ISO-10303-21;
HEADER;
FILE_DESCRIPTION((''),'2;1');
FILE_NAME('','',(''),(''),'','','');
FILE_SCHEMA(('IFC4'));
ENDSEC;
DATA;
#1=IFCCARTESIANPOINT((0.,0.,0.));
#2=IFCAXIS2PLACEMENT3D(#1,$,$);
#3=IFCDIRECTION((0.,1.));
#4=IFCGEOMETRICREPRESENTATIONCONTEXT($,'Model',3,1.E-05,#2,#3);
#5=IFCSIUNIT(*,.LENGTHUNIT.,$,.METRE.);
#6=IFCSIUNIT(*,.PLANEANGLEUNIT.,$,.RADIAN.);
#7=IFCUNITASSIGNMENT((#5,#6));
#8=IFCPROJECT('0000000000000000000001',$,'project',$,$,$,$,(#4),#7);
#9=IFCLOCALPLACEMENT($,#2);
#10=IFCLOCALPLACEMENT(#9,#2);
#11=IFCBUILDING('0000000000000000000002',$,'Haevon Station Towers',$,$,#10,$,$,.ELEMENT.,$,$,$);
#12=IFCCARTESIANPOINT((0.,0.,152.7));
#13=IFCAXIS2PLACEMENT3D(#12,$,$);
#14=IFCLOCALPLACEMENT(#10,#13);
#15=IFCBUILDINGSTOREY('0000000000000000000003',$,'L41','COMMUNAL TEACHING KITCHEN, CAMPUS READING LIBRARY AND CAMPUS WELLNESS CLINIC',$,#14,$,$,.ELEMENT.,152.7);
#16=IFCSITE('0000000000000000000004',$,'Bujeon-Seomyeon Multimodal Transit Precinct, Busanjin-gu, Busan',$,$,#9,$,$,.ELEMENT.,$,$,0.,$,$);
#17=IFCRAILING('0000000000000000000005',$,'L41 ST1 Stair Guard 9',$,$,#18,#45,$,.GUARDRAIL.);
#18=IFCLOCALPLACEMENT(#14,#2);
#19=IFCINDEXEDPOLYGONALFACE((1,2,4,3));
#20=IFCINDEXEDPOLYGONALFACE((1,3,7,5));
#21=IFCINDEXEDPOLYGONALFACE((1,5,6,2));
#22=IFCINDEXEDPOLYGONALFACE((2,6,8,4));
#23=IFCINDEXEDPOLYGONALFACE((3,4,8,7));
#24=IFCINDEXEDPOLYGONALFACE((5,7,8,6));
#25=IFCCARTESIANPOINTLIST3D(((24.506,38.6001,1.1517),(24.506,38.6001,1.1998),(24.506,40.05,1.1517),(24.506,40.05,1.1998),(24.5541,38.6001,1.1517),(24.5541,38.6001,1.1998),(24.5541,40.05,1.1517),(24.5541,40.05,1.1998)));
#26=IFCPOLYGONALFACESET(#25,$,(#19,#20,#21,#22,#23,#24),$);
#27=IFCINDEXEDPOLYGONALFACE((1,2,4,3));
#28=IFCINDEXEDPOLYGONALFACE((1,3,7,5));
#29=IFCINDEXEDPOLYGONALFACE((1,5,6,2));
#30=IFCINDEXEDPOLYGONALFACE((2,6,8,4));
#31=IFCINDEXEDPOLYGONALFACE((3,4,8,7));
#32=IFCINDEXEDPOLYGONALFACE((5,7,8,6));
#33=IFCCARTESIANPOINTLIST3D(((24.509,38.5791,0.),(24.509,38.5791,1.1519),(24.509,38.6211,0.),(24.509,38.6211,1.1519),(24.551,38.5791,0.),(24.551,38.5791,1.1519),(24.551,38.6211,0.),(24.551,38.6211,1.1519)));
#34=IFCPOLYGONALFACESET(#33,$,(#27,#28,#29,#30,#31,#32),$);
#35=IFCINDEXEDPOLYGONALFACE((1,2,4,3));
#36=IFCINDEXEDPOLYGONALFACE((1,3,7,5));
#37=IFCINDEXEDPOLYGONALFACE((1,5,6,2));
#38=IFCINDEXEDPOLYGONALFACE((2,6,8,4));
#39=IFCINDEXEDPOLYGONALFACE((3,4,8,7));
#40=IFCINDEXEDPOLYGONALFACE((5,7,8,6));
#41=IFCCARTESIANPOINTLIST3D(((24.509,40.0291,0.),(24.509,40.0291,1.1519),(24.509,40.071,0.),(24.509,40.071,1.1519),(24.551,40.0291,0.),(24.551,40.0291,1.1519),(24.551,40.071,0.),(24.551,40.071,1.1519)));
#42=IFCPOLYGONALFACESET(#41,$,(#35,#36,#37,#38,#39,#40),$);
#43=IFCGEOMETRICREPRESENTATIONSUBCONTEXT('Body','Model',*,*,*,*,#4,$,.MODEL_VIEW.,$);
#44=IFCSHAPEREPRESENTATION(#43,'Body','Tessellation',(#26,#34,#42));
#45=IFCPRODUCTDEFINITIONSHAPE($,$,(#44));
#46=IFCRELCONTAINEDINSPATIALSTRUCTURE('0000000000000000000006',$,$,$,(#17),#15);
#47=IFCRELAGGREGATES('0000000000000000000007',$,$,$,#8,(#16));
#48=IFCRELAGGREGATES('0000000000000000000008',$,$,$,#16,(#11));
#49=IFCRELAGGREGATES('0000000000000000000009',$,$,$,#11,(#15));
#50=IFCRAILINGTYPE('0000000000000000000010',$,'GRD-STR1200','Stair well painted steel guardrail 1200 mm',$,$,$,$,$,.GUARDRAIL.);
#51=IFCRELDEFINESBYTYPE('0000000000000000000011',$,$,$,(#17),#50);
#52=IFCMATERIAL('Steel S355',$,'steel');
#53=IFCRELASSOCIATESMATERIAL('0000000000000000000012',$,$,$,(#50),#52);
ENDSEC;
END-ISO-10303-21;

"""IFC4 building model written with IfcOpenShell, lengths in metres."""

from ifc_helpers import new_model, si_unit, direction, frame, origin, origin_2d, place, context, subcontext, project, spatial, rectangle, extrude, material, type_object, element, save


model = new_model("IFC4")

# Units and contexts
model_context = context("Model", 3, precision=1e-05, world=origin(), true_north=direction((0.0, 1.0)))
body_context = subcontext(model_context, "Body", "Model", "MODEL_VIEW")
ifc_project = project(units=[si_unit("LENGTHUNIT", "METRE"), si_unit("PLANEANGLEUNIT", "RADIAN")], contexts=[model_context])

# Site, building, storey
site_placement = place(None, origin())
site = spatial("IfcSite", under=ifc_project, at=site_placement, Name="Bujeon-Seomyeon Multimodal Transit Precinct, Busanjin-gu, Busan", CompositionType="ELEMENT", RefElevation=0.0)
building_placement = place(site_placement, origin())
building = spatial("IfcBuilding", under=site, at=building_placement, Name="Haevon Station Towers", CompositionType="ELEMENT")
storey_placement = place(building_placement, frame((0.0, 0.0, 152.7)))
storey = spatial("IfcBuildingStorey", under=building, at=storey_placement, Name="L41", Description="COMMUNAL TEACHING KITCHEN, CAMPUS READING LIBRARY AND CAMPUS WELLNESS CLINIC", CompositionType="ELEMENT", Elevation=152.7)

# Shared definitions
ifc_material_1 = material(Name="Steel S355", Category="steel")

# Railing
railing_type = type_object("IfcRailingType", Name="GRD-STR1200", Description="Stair well painted steel guardrail 1200 mm", PredefinedType="GUARDRAIL", material=ifc_material_1)
railing_placement = place(storey_placement, frame((24.53, 38.6001, 0.0)))
element("IfcRailing", 1, at=railing_placement, inside=storey, type_object=railing_type, Name="L41 ST1 Stair Guard 9", PredefinedType="GUARDRAIL", context=body_context, shape_type="SweptSolid", body=[
    extrude(rectangle(XDim=0.0481, YDim=0.0481, at=origin_2d()), frame((0.0, 0.0, 1.1758), z_axis=(0.0, 1.0, 0.0), x_axis=(-1.0, 0.0, 0.0)), (0.0, 0.0, 1.0), 1.45),
    extrude(rectangle(XDim=0.042, YDim=0.042, at=origin_2d()), origin(), (0.0, 0.0, 1.0), 1.1519),
    extrude(rectangle(XDim=0.042, YDim=0.042, at=origin_2d()), frame((0.0, 1.45, 0.0)), (0.0, 0.0, 1.0), 1.1519),
])

save(model, "model.ifc")
